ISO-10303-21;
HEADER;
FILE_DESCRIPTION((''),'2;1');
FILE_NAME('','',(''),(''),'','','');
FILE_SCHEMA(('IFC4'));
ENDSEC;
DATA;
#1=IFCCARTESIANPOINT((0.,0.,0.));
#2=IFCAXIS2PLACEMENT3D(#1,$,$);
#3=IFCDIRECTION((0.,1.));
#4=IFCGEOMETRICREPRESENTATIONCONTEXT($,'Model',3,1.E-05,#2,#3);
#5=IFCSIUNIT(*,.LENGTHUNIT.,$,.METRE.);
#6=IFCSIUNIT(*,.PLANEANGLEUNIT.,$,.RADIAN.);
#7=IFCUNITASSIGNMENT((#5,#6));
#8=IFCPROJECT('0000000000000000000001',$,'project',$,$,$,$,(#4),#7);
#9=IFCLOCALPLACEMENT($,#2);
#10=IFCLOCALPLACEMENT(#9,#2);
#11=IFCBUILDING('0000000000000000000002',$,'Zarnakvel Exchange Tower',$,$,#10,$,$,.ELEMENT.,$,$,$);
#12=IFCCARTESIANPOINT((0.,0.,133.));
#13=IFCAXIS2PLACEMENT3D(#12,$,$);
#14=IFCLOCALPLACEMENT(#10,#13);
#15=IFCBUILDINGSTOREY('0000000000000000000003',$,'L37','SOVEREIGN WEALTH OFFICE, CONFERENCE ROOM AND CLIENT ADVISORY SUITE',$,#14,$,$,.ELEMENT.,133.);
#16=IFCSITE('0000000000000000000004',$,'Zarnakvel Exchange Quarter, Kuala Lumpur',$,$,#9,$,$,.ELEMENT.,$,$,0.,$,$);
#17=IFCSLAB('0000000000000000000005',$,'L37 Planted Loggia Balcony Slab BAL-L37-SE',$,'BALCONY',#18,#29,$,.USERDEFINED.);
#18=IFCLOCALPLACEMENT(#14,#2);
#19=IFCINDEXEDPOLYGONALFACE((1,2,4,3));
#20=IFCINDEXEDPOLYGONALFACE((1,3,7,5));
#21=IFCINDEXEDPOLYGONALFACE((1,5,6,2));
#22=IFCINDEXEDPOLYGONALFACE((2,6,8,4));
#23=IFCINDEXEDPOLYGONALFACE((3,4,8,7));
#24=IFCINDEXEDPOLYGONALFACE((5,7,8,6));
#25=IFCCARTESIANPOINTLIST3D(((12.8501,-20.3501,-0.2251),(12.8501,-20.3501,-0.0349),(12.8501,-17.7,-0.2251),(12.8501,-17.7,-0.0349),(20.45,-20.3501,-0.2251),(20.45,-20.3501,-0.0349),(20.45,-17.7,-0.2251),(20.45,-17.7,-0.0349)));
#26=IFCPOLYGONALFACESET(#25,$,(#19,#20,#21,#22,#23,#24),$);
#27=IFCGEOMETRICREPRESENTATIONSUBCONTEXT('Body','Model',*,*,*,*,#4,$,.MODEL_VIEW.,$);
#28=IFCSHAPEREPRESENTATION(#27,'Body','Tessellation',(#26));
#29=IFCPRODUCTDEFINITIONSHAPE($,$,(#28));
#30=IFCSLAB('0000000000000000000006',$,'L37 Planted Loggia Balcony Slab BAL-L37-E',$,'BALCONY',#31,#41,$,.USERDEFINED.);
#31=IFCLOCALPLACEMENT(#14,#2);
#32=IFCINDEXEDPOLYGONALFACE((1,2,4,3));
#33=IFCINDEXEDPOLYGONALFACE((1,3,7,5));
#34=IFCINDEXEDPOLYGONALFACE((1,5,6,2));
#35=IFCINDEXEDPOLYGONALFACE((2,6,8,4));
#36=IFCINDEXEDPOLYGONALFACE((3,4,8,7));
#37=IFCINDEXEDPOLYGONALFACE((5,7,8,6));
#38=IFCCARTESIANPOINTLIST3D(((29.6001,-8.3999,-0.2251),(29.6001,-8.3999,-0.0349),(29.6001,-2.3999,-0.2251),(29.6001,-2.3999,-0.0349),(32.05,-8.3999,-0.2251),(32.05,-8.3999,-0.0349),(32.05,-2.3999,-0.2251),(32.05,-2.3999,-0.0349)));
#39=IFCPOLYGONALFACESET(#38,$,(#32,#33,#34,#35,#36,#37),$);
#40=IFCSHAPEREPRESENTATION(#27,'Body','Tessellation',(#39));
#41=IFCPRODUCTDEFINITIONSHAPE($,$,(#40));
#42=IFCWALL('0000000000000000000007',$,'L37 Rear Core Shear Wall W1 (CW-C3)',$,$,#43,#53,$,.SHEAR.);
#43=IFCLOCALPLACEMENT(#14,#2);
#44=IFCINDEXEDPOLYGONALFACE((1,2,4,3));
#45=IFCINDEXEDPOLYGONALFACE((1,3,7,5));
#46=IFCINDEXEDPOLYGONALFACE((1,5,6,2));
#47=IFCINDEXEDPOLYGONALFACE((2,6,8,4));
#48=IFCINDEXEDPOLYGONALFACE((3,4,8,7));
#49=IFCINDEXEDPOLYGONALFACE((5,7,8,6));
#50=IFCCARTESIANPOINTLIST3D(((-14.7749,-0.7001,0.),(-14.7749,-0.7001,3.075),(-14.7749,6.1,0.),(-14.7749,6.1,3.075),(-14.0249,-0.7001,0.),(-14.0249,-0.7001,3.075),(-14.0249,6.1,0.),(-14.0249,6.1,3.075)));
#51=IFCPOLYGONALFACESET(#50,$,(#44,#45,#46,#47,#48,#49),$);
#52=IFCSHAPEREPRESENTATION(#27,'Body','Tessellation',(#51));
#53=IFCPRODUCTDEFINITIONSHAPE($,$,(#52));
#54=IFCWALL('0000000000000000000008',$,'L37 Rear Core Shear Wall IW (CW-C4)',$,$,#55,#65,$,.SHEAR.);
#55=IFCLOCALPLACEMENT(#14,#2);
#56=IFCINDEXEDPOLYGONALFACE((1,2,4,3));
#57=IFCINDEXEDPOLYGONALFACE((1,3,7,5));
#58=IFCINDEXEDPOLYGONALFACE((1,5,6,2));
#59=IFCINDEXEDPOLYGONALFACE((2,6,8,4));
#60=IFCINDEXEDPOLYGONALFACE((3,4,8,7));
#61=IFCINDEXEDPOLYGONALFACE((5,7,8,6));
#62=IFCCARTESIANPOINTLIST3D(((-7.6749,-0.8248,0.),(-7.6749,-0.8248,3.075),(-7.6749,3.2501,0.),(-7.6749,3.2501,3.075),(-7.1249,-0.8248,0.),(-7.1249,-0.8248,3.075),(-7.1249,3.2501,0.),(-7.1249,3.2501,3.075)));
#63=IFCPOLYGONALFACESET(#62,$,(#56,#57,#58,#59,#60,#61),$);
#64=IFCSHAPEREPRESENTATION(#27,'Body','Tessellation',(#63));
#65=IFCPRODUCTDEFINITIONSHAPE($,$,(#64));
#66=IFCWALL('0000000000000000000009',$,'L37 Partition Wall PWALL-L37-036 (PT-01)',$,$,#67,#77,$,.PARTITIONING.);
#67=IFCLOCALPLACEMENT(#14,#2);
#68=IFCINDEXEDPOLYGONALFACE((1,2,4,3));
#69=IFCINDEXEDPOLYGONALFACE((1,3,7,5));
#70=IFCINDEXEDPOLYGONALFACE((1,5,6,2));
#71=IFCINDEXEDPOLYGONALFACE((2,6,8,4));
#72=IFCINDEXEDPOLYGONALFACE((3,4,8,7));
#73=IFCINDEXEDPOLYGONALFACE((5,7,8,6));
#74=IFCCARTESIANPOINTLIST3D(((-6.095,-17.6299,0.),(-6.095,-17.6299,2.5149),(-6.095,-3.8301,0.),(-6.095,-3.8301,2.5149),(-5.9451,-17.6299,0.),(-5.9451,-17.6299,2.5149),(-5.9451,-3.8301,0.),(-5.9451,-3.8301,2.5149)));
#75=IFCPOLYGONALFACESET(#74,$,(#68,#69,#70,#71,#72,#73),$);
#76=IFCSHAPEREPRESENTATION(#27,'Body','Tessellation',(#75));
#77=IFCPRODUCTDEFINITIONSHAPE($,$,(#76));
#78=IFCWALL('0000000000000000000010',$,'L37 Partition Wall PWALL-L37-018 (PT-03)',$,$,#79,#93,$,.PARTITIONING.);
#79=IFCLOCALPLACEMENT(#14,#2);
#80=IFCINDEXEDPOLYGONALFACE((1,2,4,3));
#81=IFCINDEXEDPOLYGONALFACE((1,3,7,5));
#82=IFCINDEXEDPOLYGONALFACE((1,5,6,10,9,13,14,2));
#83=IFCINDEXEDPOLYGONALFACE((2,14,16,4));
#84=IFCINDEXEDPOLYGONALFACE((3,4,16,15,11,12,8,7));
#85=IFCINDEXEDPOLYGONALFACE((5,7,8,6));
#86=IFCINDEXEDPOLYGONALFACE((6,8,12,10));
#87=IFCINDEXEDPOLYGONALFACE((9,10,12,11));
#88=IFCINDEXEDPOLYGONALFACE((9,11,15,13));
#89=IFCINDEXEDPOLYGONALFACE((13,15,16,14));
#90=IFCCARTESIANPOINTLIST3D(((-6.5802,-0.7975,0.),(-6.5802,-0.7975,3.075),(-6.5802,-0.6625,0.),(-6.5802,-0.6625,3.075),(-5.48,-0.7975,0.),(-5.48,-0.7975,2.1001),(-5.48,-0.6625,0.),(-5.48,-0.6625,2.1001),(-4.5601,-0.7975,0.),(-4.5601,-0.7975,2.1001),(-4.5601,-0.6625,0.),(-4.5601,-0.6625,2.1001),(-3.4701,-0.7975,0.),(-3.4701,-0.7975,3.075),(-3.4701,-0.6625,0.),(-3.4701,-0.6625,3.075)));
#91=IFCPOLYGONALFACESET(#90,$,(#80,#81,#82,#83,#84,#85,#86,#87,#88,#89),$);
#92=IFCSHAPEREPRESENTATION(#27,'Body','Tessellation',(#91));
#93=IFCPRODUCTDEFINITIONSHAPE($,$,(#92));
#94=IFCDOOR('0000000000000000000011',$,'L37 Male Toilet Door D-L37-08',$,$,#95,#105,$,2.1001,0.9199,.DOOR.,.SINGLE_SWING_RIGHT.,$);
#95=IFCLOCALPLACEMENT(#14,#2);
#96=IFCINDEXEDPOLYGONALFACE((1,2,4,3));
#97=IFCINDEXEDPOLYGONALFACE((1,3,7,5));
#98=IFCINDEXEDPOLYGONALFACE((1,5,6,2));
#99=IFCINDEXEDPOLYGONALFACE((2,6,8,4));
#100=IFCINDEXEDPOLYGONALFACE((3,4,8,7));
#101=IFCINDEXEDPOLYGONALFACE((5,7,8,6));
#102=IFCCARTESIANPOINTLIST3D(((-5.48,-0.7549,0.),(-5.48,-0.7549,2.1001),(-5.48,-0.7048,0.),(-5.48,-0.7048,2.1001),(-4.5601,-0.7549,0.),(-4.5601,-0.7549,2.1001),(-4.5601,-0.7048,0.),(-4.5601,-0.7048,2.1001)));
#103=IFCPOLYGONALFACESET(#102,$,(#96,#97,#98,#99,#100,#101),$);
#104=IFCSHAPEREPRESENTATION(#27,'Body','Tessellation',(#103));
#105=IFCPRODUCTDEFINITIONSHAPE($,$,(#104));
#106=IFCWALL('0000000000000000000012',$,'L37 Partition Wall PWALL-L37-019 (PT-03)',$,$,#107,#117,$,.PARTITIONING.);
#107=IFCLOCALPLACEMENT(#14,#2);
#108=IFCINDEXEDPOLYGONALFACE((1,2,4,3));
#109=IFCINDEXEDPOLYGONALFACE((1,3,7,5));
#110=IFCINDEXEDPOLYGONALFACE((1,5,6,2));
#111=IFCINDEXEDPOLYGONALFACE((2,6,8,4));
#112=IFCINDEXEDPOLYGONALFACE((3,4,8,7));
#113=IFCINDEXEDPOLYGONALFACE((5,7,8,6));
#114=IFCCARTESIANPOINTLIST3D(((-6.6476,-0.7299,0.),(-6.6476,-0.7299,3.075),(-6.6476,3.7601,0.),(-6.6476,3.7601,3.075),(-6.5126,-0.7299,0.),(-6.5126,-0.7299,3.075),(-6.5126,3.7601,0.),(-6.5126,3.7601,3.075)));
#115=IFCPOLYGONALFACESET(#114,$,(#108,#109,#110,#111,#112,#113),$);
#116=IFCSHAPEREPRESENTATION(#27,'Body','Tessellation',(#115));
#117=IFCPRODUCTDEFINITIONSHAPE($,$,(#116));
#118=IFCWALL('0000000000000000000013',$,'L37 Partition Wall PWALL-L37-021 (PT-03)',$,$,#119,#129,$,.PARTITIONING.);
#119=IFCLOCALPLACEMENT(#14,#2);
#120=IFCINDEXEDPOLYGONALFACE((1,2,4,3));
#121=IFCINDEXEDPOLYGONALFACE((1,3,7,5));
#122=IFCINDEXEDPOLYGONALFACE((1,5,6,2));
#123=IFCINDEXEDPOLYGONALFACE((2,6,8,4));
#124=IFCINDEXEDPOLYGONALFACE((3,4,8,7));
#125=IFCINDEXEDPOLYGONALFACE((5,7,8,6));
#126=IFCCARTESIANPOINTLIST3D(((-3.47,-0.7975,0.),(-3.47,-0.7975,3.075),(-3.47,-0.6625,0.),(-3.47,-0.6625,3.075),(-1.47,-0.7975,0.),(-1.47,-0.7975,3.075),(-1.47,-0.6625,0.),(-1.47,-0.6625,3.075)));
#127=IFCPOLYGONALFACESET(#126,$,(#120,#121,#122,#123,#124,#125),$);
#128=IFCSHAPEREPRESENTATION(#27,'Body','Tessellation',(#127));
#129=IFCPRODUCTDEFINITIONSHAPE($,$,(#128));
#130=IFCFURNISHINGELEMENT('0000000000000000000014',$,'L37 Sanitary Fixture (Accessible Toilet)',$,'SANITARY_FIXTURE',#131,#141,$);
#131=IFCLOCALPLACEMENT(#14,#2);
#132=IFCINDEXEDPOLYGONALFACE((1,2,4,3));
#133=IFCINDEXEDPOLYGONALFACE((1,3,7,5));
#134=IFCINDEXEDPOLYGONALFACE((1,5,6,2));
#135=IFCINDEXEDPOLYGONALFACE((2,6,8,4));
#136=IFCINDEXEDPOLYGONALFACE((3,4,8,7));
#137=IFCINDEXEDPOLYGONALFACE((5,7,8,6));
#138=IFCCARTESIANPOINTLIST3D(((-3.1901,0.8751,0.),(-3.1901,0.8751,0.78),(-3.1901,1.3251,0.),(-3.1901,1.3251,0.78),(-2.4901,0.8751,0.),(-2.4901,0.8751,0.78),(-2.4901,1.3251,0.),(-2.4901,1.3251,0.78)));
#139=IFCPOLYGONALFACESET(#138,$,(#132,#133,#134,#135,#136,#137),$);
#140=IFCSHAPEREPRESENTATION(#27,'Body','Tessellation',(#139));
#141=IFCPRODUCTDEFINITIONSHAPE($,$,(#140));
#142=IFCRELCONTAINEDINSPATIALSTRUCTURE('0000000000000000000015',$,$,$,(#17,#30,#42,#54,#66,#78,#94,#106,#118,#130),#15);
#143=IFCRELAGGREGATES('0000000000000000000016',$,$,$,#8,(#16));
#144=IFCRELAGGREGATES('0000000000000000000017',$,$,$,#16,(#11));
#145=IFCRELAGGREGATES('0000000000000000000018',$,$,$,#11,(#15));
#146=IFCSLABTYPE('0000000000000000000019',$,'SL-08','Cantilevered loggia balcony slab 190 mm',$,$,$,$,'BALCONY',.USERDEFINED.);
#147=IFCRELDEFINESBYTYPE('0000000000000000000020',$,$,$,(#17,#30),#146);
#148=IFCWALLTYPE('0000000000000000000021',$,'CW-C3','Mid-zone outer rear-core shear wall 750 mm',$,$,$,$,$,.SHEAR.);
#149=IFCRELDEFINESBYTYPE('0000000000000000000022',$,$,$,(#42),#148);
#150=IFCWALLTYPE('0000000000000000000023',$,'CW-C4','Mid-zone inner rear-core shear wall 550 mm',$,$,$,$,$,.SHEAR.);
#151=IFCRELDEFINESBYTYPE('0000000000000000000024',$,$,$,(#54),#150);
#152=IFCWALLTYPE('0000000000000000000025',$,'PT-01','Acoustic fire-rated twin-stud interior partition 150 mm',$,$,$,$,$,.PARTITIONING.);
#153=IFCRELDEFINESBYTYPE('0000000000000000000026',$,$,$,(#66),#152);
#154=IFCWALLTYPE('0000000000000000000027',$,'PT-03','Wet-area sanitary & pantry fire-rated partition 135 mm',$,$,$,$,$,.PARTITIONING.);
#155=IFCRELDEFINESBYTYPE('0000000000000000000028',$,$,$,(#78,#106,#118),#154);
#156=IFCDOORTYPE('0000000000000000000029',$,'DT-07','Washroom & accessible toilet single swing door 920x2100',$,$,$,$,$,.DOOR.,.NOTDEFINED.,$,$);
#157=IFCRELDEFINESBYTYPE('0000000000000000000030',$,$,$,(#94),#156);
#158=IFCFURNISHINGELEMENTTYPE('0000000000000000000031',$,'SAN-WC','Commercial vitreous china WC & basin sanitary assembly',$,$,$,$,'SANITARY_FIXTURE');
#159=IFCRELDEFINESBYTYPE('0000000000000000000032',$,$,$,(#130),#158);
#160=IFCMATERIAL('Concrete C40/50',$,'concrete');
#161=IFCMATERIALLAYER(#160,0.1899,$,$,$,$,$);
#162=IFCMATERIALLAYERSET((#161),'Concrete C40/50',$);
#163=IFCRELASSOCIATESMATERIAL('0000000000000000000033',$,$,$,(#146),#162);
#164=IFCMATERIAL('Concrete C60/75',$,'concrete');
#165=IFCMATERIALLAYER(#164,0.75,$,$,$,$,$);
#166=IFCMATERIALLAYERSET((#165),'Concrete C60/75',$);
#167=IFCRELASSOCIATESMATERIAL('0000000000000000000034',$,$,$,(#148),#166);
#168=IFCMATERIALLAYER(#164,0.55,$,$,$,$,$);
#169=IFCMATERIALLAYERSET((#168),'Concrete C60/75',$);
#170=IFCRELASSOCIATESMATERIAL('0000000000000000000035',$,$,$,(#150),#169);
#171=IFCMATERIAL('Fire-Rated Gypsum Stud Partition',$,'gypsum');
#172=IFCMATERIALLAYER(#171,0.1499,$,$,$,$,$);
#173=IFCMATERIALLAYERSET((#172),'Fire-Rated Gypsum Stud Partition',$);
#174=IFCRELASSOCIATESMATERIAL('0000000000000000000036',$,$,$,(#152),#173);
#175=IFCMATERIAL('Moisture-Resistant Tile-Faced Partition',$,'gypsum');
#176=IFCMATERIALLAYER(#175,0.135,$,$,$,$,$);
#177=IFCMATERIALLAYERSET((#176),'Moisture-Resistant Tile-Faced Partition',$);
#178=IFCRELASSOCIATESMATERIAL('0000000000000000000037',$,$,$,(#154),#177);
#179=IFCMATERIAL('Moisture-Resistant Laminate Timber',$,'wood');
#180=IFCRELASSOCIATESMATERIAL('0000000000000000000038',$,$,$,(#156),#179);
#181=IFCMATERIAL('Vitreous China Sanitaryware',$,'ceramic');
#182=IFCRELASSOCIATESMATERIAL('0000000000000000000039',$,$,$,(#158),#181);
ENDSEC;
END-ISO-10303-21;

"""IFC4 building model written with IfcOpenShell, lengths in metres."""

from ifc_helpers import new_model, si_unit, direction, frame, frame_2d, origin, origin_2d, place, context, subcontext, project, spatial, polyline, rectangle, outline, extrude, source, transform, mapped, material, layer, layer_set, type_object, element, fill, save


model = new_model("IFC4")

# Units and contexts
model_context = context("Model", 3, precision=1e-05, world=origin(), true_north=direction((0.0, 1.0)))
body_context = subcontext(model_context, "Body", "Model", "MODEL_VIEW")
ifc_project = project(units=[si_unit("LENGTHUNIT", "METRE"), si_unit("PLANEANGLEUNIT", "RADIAN")], contexts=[model_context])

# Site, building, storey
site_placement = place(None, origin())
site = spatial("IfcSite", under=ifc_project, at=site_placement, Name="Zarnakvel Exchange Quarter, Kuala Lumpur", CompositionType="ELEMENT", RefElevation=0.0)
building_placement = place(site_placement, origin())
building = spatial("IfcBuilding", under=site, at=building_placement, Name="Zarnakvel Exchange Tower", CompositionType="ELEMENT")
storey_placement = place(building_placement, frame((0.0, 0.0, 133.0)))
storey = spatial("IfcBuildingStorey", under=building, at=storey_placement, Name="L37", Description="SOVEREIGN WEALTH OFFICE, CONFERENCE ROOM AND CLIENT ADVISORY SUITE", CompositionType="ELEMENT", Elevation=133.0)

# Shared definitions
ifc_material_1 = material(Name="Concrete C60/75", Category="concrete")

# Shared definitions
ifc_material_2 = material(Name="Concrete C40/50", Category="concrete")

# Slabs
ifc_layer_1 = layer(ifc_material_2, 0.1899)
ifc_layer_set_1 = layer_set([ifc_layer_1], Name="Concrete C40/50")
slab_type_1 = type_object("IfcSlabType", Name="SL-08", Description="Cantilevered loggia balcony slab 190 mm", ElementType="BALCONY", PredefinedType="USERDEFINED", material=ifc_layer_set_1)
slab_1_placement = place(storey_placement, frame((0.0, 0.0, -0.2251)))
element("IfcSlab", 1, at=slab_1_placement, inside=storey, type_object=slab_type_1, Name="L37 Planted Loggia Balcony Slab BAL-L37-SE", ObjectType="BALCONY", PredefinedType="USERDEFINED", context=body_context, shape_type="SweptSolid", body=[
    extrude(outline(polyline([(12.8501, -20.3501), (20.45, -20.3501), (20.45, -17.7), (12.8501, -17.7), (12.8501, -20.3501)])), origin(), (0.0, 0.0, 1.0), 0.1902),
])
slab_2_placement = place(storey_placement, frame((0.0, 0.0, -0.2251)))
element("IfcSlab", 2, at=slab_2_placement, inside=storey, type_object=slab_type_1, Name="L37 Planted Loggia Balcony Slab BAL-L37-E", ObjectType="BALCONY", PredefinedType="USERDEFINED", context=body_context, shape_type="SweptSolid", body=[
    extrude(outline(polyline([(29.6001, -8.3999), (32.05, -8.3999), (32.05, -2.3999), (29.6001, -2.3999), (29.6001, -8.3999)])), origin(), (0.0, 0.0, 1.0), 0.1902),
])

# Wall
ifc_layer_2 = layer(ifc_material_1, 0.75)
ifc_layer_set_2 = layer_set([ifc_layer_2], Name="Concrete C60/75")
wall_type_1 = type_object("IfcWallType", Name="CW-C3", Description="Mid-zone outer rear-core shear wall 750 mm", PredefinedType="SHEAR", material=ifc_layer_set_2)
wall_1_placement = place(storey_placement, frame((-14.3999, -0.7, 0.0), z_axis=(0.0, 0.0, 1.0), x_axis=(0.0, 1.0, 0.0)))
element("IfcWall", 3, at=wall_1_placement, inside=storey, type_object=wall_type_1, Name="L37 Rear Core Shear Wall W1 (CW-C3)", PredefinedType="SHEAR", context=body_context, shape_type="SweptSolid", body=[
    extrude(rectangle(XDim=6.8, YDim=0.75, at=frame_2d((3.3999, 0.0))), origin(), (0.0, 0.0, 1.0), 3.075),
])

# Walls
ifc_layer_3 = layer(ifc_material_1, 0.55)
ifc_layer_set_3 = layer_set([ifc_layer_3], Name="Concrete C60/75")
wall_type_2 = type_object("IfcWallType", Name="CW-C4", Description="Mid-zone inner rear-core shear wall 550 mm", PredefinedType="SHEAR", material=ifc_layer_set_3)
wall_2_placement = place(storey_placement, frame((-7.3999, -0.825, 0.0), z_axis=(0.0, 0.0, 1.0), x_axis=(0.0, 1.0, 0.0)))
element("IfcWall", 4, at=wall_2_placement, inside=storey, type_object=wall_type_2, Name="L37 Rear Core Shear Wall IW (CW-C4)", PredefinedType="SHEAR", context=body_context, shape_type="SweptSolid", body=[
    extrude(rectangle(XDim=4.075, YDim=0.55, at=frame_2d((2.0376, 0.0))), origin(), (0.0, 0.0, 1.0), 3.075),
])
ifc_material_3 = material(Name="Fire-Rated Gypsum Stud Partition", Category="gypsum")
ifc_layer_4 = layer(ifc_material_3, 0.1499)
ifc_layer_set_4 = layer_set([ifc_layer_4], Name="Fire-Rated Gypsum Stud Partition")
wall_type_3 = type_object("IfcWallType", Name="PT-01", Description="Acoustic fire-rated twin-stud interior partition 150 mm", PredefinedType="PARTITIONING", material=ifc_layer_set_4)
wall_3_placement = place(storey_placement, frame((-6.02, -3.8301, 0.0), z_axis=(0.0, 0.0, 1.0), x_axis=(0.0, -1.0, 0.0)))
element("IfcWall", 5, at=wall_3_placement, inside=storey, type_object=wall_type_3, Name="L37 Partition Wall PWALL-L37-036 (PT-01)", PredefinedType="PARTITIONING", context=body_context, shape_type="SweptSolid", body=[
    extrude(rectangle(XDim=13.7998, YDim=0.1499, at=frame_2d((6.8999, 0.0))), origin(), (0.0, 0.0, 1.0), 2.5149),
])

# Wall, opening, door
ifc_material_4 = material(Name="Moisture-Resistant Tile-Faced Partition", Category="gypsum")
ifc_layer_5 = layer(ifc_material_4, 0.135)
ifc_layer_set_5 = layer_set([ifc_layer_5], Name="Moisture-Resistant Tile-Faced Partition")
wall_type_4 = type_object("IfcWallType", Name="PT-03", Description="Wet-area sanitary & pantry fire-rated partition 135 mm", PredefinedType="PARTITIONING", material=ifc_layer_set_5)
wall_4_placement = place(storey_placement, frame((-3.47, -0.73, 0.0), z_axis=(0.0, 0.0, 1.0), x_axis=(-1.0, 0.0, 0.0)))
wall_4 = element("IfcWall", 6, at=wall_4_placement, inside=storey, type_object=wall_type_4, Name="L37 Partition Wall PWALL-L37-018 (PT-03)", PredefinedType="PARTITIONING", context=body_context, shape_type="SweptSolid", body=[
    extrude(rectangle(XDim=3.1101, YDim=0.135, at=frame_2d((1.5552, 0.0))), origin(), (0.0, 0.0, 1.0), 3.075),
])
opening_1_placement = place(wall_4_placement, frame((1.0901, 0.0, 0.0)))
opening_1 = element("IfcOpeningElement", 7, at=opening_1_placement, cuts=wall_4, PredefinedType="OPENING", context=body_context, shape_type="SweptSolid", body=[
    extrude(rectangle(XDim=0.9199, YDim=2.1001, at=frame_2d((0.46, 1.05))), frame((0.0, 0.0774, 0.0), z_axis=(0.0, -1.0, 0.0), x_axis=(1.0, 0.0, 0.0)), (0.0, 0.0, 1.0), 0.155),
])
ifc_material_5 = material(Name="Moisture-Resistant Laminate Timber", Category="wood")
door_type_1 = type_object("IfcDoorType", Name="DT-07", Description="Washroom & accessible toilet single swing door 920x2100", OperationType="NOTDEFINED", PredefinedType="DOOR", material=ifc_material_5)
shared_shape_1 = source(origin(), body_context, "Body", "SweptSolid", [
    extrude(rectangle(XDim=0.9199, YDim=2.1001, at=frame_2d((0.46, 1.05))), frame((0.0, 0.0249, 0.0), z_axis=(0.0, -1.0, 0.0), x_axis=(1.0, 0.0, 0.0)), (0.0, 0.0, 1.0), 0.05),
])
door_1_placement = place(opening_1_placement, origin())
door_1 = element("IfcDoor", 8, at=door_1_placement, inside=storey, type_object=door_type_1, Name="L37 Male Toilet Door D-L37-08", OperationType="SINGLE_SWING_RIGHT", OverallHeight=2.1001, OverallWidth=0.9199, PredefinedType="DOOR", context=body_context, shape_type="MappedRepresentation", body=[
    mapped(shared_shape_1, transform((0.0, 0.0, 0.0), x_axis=(1.0, 0.0, 0.0), y_axis=(0.0, 1.0, 0.0), z_axis=(0.0, 0.0, 1.0), scale=1.0)),
])
fill(opening_1, door_1)

# Walls
wall_5_placement = place(storey_placement, frame((-6.5801, -0.73, 0.0), z_axis=(0.0, 0.0, 1.0), x_axis=(0.0, 1.0, 0.0)))
element("IfcWall", 9, at=wall_5_placement, inside=storey, type_object=wall_type_4, Name="L37 Partition Wall PWALL-L37-019 (PT-03)", PredefinedType="PARTITIONING", context=body_context, shape_type="SweptSolid", body=[
    extrude(rectangle(XDim=4.49, YDim=0.135, at=frame_2d((2.2451, 0.0))), origin(), (0.0, 0.0, 1.0), 3.075),
])
wall_6_placement = place(storey_placement, frame((-1.47, -0.73, 0.0), z_axis=(0.0, 0.0, 1.0), x_axis=(-1.0, 0.0, 0.0)))
element("IfcWall", 10, at=wall_6_placement, inside=storey, type_object=wall_type_4, Name="L37 Partition Wall PWALL-L37-021 (PT-03)", PredefinedType="PARTITIONING", context=body_context, shape_type="SweptSolid", body=[
    extrude(rectangle(XDim=2.0, YDim=0.135, at=frame_2d((1.0, 0.0))), origin(), (0.0, 0.0, 1.0), 3.075),
])

# Furnishing element
ifc_material_6 = material(Name="Vitreous China Sanitaryware", Category="ceramic")
furnishing_element_type = type_object("IfcFurnishingElementType", Name="SAN-WC", Description="Commercial vitreous china WC & basin sanitary assembly", ElementType="SANITARY_FIXTURE", material=ifc_material_6)
shared_shape_2 = source(origin(), body_context, "Body", "SweptSolid", [
    extrude(rectangle(XDim=0.7, YDim=0.45, at=origin_2d()), origin(), (0.0, 0.0, 1.0), 0.78),
])
furnishing_placement = place(storey_placement, frame((-2.8401, 1.1001, 0.0), z_axis=(0.0, 0.0, 1.0), x_axis=(1.0, 0.0, 0.0)))
element("IfcFurnishingElement", 11, at=furnishing_placement, inside=storey, type_object=furnishing_element_type, Name="L37 Sanitary Fixture (Accessible Toilet)", ObjectType="SANITARY_FIXTURE", context=body_context, shape_type="MappedRepresentation", body=[
    mapped(shared_shape_2, transform((0.0, 0.0, 0.0), x_axis=(1.0, 0.0, 0.0), y_axis=(0.0, 1.0, 0.0), z_axis=(0.0, 0.0, 1.0), scale=1.0)),
])

save(model, "model.ifc")
